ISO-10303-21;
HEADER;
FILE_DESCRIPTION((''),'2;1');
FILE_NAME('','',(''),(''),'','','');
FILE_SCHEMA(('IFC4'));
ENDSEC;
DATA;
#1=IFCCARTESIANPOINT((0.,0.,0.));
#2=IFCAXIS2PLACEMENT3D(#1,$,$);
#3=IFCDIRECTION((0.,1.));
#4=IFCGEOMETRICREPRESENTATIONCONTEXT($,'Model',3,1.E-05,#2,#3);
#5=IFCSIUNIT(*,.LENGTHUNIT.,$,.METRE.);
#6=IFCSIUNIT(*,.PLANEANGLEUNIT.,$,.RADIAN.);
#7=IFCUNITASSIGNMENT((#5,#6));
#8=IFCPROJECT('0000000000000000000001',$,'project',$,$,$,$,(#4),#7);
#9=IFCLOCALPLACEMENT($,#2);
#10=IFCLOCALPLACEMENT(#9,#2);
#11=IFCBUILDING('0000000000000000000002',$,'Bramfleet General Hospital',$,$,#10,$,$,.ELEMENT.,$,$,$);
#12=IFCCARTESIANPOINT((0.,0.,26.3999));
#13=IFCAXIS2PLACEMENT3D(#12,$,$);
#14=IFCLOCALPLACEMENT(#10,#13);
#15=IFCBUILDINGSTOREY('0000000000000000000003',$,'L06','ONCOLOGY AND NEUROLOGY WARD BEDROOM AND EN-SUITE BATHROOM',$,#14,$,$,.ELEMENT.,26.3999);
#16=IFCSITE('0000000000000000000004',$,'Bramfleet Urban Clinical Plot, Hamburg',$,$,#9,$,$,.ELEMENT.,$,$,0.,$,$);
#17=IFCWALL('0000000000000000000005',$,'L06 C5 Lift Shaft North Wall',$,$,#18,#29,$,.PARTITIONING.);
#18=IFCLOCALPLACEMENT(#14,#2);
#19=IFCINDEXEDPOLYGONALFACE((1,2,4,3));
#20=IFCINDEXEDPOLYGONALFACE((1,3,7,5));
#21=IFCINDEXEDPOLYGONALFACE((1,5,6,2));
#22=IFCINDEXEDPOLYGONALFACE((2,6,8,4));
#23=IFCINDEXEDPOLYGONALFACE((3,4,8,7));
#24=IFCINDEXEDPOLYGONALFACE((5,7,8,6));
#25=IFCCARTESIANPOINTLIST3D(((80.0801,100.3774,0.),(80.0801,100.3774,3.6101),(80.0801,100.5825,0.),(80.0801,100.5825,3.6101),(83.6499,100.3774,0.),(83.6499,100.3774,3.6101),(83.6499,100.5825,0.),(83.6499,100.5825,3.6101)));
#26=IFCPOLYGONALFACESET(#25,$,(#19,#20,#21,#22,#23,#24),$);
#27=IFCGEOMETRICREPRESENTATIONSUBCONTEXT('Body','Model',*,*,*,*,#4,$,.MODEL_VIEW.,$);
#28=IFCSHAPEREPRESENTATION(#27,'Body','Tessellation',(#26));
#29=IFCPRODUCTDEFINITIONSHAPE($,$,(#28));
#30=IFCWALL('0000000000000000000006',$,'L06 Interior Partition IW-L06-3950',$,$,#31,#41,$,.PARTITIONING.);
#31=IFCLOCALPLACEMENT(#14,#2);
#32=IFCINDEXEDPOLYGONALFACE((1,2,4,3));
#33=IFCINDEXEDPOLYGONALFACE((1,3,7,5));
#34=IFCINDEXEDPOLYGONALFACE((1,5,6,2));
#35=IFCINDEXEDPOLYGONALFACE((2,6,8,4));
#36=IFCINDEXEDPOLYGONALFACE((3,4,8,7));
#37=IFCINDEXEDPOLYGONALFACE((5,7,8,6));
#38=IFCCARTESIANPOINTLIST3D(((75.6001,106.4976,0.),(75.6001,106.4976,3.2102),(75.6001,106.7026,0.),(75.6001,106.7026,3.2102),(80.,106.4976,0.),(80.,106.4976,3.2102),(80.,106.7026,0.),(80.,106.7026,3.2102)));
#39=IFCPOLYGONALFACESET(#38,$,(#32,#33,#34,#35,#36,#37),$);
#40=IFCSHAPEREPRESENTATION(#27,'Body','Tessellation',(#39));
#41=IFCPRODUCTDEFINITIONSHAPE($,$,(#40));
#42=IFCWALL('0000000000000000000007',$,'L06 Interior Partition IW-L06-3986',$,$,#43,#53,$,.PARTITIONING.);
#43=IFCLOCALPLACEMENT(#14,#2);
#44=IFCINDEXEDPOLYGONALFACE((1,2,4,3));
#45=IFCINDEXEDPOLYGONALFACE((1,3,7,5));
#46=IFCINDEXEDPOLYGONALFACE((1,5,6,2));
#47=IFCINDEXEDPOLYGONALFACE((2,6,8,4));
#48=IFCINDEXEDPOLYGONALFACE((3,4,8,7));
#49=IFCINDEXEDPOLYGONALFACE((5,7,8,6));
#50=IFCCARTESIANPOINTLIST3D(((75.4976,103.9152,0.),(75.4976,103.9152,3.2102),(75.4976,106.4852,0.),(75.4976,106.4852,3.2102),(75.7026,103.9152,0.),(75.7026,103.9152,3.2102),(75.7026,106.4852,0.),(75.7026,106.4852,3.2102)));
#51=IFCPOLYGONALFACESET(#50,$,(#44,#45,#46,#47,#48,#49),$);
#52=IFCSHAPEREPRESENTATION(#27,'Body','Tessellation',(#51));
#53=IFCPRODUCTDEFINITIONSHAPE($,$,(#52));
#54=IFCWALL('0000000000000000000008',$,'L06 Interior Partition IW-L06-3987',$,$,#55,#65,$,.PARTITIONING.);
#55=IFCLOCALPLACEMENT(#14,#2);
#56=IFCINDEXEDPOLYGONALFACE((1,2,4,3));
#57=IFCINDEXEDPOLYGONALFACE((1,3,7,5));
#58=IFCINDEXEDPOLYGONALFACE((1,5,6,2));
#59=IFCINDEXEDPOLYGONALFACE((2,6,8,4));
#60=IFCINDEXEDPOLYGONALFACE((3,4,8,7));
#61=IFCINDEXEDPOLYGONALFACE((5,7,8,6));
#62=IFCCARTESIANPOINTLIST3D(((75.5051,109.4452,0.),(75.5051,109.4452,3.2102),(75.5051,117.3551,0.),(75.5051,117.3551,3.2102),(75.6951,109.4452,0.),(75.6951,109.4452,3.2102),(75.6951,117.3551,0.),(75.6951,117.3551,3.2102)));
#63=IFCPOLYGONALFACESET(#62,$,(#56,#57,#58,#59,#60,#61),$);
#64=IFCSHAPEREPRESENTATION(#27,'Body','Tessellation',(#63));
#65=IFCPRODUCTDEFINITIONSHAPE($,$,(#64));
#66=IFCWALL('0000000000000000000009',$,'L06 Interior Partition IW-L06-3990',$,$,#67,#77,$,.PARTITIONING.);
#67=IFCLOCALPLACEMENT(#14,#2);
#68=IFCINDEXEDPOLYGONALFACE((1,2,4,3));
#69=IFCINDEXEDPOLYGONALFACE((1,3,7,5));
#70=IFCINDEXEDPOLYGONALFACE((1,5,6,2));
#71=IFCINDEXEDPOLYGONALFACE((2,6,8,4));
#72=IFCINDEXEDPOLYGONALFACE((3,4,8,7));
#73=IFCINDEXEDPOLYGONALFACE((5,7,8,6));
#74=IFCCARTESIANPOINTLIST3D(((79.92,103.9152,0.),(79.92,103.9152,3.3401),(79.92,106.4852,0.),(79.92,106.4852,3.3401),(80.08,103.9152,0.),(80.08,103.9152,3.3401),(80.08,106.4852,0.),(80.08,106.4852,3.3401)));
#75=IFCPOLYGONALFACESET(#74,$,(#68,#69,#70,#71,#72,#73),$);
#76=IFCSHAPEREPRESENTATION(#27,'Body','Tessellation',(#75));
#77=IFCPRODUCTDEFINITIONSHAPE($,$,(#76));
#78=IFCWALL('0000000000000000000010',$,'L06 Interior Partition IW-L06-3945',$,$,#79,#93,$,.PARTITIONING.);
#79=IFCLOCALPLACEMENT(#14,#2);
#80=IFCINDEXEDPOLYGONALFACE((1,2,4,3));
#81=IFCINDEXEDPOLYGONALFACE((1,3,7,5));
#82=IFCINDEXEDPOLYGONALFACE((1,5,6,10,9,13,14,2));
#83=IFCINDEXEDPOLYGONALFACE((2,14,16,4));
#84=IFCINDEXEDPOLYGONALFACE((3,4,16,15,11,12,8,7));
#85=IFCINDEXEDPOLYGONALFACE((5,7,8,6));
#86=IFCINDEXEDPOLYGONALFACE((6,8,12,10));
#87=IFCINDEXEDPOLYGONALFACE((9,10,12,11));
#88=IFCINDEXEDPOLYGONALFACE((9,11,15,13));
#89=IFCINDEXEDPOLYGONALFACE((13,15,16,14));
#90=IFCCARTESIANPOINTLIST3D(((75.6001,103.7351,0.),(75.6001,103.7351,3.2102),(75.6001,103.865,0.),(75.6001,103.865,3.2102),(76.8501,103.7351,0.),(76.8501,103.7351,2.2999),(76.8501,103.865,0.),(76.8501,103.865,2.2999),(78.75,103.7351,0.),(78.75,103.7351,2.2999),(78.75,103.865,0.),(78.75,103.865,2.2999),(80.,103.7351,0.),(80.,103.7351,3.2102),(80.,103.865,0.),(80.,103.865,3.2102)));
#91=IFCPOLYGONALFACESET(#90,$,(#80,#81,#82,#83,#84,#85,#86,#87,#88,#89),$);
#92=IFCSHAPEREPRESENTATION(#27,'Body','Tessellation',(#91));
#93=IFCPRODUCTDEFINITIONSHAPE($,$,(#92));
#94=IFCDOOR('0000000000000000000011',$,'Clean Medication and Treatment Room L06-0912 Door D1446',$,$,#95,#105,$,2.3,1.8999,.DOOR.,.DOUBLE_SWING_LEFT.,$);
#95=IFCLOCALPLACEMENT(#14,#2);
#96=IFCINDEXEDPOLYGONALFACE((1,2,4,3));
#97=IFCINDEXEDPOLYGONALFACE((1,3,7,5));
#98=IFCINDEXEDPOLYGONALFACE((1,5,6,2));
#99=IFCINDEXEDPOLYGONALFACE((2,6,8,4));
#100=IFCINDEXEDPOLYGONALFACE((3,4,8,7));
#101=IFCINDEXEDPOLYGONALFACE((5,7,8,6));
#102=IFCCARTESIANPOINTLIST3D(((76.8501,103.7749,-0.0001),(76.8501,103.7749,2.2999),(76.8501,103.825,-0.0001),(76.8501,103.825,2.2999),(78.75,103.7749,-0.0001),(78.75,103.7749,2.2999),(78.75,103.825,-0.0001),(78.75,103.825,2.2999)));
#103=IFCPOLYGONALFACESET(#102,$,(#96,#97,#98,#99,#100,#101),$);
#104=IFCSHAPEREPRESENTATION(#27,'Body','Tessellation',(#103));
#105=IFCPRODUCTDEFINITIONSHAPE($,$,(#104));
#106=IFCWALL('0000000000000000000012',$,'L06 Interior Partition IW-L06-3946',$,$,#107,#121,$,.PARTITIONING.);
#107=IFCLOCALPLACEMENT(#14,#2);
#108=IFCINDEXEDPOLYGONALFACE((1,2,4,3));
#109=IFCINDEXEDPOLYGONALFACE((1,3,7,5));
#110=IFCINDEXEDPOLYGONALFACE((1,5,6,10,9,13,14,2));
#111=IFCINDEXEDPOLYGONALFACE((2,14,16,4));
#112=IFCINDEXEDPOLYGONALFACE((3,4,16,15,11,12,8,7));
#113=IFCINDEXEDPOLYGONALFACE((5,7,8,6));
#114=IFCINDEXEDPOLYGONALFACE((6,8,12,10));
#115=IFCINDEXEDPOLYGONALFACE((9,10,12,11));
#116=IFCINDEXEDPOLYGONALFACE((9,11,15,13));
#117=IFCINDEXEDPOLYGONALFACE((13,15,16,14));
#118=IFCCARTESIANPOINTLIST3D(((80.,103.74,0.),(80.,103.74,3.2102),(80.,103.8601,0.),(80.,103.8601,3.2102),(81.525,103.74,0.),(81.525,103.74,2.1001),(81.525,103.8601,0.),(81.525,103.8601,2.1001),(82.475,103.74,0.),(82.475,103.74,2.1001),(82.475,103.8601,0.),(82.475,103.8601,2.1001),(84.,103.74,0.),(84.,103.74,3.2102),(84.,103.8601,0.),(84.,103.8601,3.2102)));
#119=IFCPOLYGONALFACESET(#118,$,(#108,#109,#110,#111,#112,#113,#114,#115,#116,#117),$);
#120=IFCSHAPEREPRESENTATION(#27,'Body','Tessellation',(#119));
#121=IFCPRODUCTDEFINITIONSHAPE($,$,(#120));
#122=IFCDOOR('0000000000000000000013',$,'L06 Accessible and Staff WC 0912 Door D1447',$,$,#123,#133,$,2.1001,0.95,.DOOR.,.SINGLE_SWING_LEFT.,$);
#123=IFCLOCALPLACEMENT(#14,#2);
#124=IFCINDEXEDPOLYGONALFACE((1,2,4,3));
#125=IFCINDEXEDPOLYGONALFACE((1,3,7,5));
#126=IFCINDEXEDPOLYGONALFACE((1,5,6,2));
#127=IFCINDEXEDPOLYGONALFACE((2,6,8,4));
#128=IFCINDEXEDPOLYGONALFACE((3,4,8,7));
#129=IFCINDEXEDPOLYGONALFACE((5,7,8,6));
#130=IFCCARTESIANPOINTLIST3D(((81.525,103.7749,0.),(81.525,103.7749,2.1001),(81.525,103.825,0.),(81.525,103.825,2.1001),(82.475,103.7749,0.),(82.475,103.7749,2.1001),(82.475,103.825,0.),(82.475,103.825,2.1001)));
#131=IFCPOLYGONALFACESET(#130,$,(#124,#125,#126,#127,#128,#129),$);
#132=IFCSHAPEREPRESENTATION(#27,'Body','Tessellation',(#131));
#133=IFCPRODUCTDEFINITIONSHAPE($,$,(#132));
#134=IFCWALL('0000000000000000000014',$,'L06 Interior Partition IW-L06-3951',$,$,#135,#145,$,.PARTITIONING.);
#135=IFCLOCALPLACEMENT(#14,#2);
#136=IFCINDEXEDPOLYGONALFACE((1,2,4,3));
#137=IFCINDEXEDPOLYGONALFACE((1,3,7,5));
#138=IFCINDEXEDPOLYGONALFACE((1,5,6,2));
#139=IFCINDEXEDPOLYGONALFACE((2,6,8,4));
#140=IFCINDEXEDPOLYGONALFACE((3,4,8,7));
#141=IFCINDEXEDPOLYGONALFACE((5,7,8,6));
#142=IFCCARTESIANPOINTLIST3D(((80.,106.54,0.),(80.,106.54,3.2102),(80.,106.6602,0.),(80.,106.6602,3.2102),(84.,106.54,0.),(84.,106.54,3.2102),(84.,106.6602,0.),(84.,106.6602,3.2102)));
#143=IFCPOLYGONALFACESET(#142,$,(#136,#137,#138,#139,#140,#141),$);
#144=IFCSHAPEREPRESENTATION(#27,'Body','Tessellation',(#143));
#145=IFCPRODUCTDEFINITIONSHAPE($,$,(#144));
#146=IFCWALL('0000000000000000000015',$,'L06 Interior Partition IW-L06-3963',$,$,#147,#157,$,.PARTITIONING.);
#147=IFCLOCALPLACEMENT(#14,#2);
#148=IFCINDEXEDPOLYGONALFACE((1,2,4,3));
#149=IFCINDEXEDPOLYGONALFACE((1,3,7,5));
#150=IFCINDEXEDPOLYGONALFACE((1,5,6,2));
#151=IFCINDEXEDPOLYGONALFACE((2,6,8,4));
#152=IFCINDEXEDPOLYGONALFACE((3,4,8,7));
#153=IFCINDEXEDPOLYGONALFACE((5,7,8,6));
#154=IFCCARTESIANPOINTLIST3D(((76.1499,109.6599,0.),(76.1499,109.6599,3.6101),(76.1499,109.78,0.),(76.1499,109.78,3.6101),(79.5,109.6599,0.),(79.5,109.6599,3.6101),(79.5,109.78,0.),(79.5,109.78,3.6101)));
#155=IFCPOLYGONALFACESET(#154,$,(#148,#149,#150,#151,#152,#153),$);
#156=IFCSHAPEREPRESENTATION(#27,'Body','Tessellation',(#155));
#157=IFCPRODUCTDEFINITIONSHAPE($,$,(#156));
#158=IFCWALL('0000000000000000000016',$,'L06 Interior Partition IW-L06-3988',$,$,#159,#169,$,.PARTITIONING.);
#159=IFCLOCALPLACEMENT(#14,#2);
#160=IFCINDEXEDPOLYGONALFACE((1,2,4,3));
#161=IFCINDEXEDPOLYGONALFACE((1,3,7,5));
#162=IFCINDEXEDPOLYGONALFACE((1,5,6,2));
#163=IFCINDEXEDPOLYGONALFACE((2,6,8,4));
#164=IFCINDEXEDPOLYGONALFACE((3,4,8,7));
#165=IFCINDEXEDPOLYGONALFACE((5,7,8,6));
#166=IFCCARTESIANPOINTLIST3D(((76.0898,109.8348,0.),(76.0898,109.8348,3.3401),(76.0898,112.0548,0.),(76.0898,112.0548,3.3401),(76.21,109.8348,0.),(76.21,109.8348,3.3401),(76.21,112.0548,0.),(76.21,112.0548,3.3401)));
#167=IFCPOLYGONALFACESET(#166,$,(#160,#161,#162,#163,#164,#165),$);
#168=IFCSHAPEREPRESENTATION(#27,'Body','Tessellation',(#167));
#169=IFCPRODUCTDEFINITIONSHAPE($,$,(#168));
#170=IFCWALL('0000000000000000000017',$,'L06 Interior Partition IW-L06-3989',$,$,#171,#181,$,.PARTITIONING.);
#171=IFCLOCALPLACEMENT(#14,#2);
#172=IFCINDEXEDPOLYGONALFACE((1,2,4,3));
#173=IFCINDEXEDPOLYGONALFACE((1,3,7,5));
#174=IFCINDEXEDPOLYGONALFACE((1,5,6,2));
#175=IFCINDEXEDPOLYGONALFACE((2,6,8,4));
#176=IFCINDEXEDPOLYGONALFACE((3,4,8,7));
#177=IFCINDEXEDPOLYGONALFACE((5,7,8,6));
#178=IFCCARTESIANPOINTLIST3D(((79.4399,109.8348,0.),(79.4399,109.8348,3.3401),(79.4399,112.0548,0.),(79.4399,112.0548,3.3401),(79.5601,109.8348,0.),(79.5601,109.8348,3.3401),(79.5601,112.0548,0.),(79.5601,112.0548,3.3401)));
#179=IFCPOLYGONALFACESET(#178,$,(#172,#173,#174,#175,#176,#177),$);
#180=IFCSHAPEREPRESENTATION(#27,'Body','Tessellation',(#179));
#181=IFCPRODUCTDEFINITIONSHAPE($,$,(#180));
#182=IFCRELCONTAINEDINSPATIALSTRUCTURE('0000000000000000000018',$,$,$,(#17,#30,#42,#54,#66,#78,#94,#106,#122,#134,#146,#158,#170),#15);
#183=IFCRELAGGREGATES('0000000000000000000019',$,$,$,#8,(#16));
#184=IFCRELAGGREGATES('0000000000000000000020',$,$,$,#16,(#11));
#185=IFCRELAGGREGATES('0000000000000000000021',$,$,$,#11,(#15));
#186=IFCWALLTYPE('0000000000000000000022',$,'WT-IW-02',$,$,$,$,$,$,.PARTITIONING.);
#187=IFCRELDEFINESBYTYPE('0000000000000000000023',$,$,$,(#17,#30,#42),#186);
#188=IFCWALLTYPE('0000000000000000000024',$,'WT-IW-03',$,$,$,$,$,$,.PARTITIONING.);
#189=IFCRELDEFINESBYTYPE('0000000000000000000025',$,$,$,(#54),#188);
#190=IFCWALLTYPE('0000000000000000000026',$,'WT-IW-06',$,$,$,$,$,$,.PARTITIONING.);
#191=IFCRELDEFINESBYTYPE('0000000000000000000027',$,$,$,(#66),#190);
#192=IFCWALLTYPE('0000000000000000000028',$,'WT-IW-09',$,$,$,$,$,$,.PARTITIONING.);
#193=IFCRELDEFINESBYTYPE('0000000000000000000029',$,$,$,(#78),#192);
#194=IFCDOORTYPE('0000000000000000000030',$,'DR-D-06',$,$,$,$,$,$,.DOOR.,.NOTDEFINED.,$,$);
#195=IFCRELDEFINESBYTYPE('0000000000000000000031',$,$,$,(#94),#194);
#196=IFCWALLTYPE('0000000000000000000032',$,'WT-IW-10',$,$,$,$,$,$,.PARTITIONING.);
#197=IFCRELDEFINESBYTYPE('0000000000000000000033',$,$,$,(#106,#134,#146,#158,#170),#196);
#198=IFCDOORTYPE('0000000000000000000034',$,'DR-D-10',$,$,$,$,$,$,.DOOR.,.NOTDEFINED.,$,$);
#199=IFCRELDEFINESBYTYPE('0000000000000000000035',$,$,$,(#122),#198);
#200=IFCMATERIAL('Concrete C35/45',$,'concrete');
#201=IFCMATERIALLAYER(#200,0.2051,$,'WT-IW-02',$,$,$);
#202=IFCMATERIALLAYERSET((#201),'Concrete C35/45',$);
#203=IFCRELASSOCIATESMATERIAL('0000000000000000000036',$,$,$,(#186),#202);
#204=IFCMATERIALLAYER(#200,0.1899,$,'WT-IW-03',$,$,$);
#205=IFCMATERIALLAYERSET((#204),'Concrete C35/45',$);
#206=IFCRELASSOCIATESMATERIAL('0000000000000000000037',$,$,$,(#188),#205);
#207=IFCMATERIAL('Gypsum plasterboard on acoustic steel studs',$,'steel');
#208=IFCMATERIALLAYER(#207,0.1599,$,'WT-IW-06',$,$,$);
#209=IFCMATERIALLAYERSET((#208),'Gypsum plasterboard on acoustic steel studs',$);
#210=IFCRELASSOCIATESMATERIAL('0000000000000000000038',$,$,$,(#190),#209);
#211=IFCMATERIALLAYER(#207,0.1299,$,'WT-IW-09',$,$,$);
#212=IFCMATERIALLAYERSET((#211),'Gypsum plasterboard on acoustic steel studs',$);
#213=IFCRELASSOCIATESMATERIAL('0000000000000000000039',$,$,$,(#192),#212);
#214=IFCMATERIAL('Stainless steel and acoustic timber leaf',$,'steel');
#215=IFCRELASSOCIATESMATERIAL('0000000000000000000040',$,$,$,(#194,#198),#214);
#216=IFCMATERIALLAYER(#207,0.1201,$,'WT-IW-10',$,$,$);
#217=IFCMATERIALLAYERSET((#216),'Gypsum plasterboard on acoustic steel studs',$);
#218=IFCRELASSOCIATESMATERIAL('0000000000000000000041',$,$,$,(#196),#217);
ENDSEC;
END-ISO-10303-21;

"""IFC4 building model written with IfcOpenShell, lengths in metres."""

from ifc_helpers import new_model, si_unit, direction, frame, frame_2d, origin, place, context, subcontext, project, spatial, rectangle, extrude, material, layer, layer_set, type_object, element, fill, save


model = new_model("IFC4")

# Units and contexts
model_context = context("Model", 3, precision=1e-05, world=origin(), true_north=direction((0.0, 1.0)))
body_context = subcontext(model_context, "Body", "Model", "MODEL_VIEW")
ifc_project = project(units=[si_unit("LENGTHUNIT", "METRE"), si_unit("PLANEANGLEUNIT", "RADIAN")], contexts=[model_context])

# Site, building, storey
site_placement = place(None, origin())
site = spatial("IfcSite", under=ifc_project, at=site_placement, Name="Bramfleet Urban Clinical Plot, Hamburg", CompositionType="ELEMENT", RefElevation=0.0)
building_placement = place(site_placement, origin())
building = spatial("IfcBuilding", under=site, at=building_placement, Name="Bramfleet General Hospital", CompositionType="ELEMENT")
storey_placement = place(building_placement, frame((0.0, 0.0, 26.3999)))
storey = spatial("IfcBuildingStorey", under=building, at=storey_placement, Name="L06", Description="ONCOLOGY AND NEUROLOGY WARD BEDROOM AND EN-SUITE BATHROOM", CompositionType="ELEMENT", Elevation=26.3999)

# Walls
ifc_material_1 = material(Name="Concrete C35/45", Category="concrete")
ifc_layer_1 = layer(ifc_material_1, 0.2051, Name="WT-IW-02")
ifc_layer_set_1 = layer_set([ifc_layer_1], Name="Concrete C35/45")
wall_type_1 = type_object("IfcWallType", Name="WT-IW-02", PredefinedType="PARTITIONING", material=ifc_layer_set_1)
wall_1_placement = place(storey_placement, frame((80.0801, 100.48, 0.0), z_axis=(0.0, 0.0, 1.0), x_axis=(1.0, 0.0, 0.0)))
element("IfcWall", 1, at=wall_1_placement, inside=storey, type_object=wall_type_1, Name="L06 C5 Lift Shaft North Wall", PredefinedType="PARTITIONING", context=body_context, shape_type="SweptSolid", body=[
    extrude(rectangle(XDim=3.5698, YDim=0.2051, at=frame_2d((1.7849, 0.0))), origin(), (0.0, 0.0, 1.0), 3.6101),
])
wall_2_placement = place(storey_placement, frame((75.6001, 106.6001, 0.0), z_axis=(0.0, 0.0, 1.0), x_axis=(1.0, 0.0, 0.0)))
element("IfcWall", 2, at=wall_2_placement, inside=storey, type_object=wall_type_1, Name="L06 Interior Partition IW-L06-3950", PredefinedType="PARTITIONING", context=body_context, shape_type="SweptSolid", body=[
    extrude(rectangle(XDim=4.3999, YDim=0.2051, at=frame_2d((2.2, 0.0))), origin(), (0.0, 0.0, 1.0), 3.2102),
])
wall_3_placement = place(storey_placement, frame((75.6001, 103.915, 0.0), z_axis=(0.0, 0.0, 1.0), x_axis=(0.0, 1.0, 0.0)))
element("IfcWall", 3, at=wall_3_placement, inside=storey, type_object=wall_type_1, Name="L06 Interior Partition IW-L06-3986", PredefinedType="PARTITIONING", context=body_context, shape_type="SweptSolid", body=[
    extrude(rectangle(XDim=2.5701, YDim=0.2051, at=frame_2d((1.2852, 0.0))), origin(), (0.0, 0.0, 1.0), 3.2102),
])
ifc_layer_2 = layer(ifc_material_1, 0.1899, Name="WT-IW-03")
ifc_layer_set_2 = layer_set([ifc_layer_2], Name="Concrete C35/45")
wall_type_2 = type_object("IfcWallType", Name="WT-IW-03", PredefinedType="PARTITIONING", material=ifc_layer_set_2)
wall_4_placement = place(storey_placement, frame((75.6001, 109.4451, 0.0), z_axis=(0.0, 0.0, 1.0), x_axis=(0.0, 1.0, 0.0)))
element("IfcWall", 4, at=wall_4_placement, inside=storey, type_object=wall_type_2, Name="L06 Interior Partition IW-L06-3987", PredefinedType="PARTITIONING", context=body_context, shape_type="SweptSolid", body=[
    extrude(rectangle(XDim=7.9099, YDim=0.1899, at=frame_2d((3.9551, 0.0))), origin(), (0.0, 0.0, 1.0), 3.2102),
])
ifc_material_2 = material(Name="Gypsum plasterboard on acoustic steel studs", Category="steel")
ifc_layer_3 = layer(ifc_material_2, 0.1599, Name="WT-IW-06")
ifc_layer_set_3 = layer_set([ifc_layer_3], Name="Gypsum plasterboard on acoustic steel studs")
wall_type_3 = type_object("IfcWallType", Name="WT-IW-06", PredefinedType="PARTITIONING", material=ifc_layer_set_3)
wall_5_placement = place(storey_placement, frame((80.0, 103.915, 0.0), z_axis=(0.0, 0.0, 1.0), x_axis=(0.0, 1.0, 0.0)))
element("IfcWall", 5, at=wall_5_placement, inside=storey, type_object=wall_type_3, Name="L06 Interior Partition IW-L06-3990", PredefinedType="PARTITIONING", context=body_context, shape_type="SweptSolid", body=[
    extrude(rectangle(XDim=2.5701, YDim=0.1599, at=frame_2d((1.2852, 0.0))), origin(), (0.0, 0.0, 1.0), 3.3401),
])

# Walls, openings, doors
ifc_layer_4 = layer(ifc_material_2, 0.1299, Name="WT-IW-09")
ifc_layer_set_4 = layer_set([ifc_layer_4], Name="Gypsum plasterboard on acoustic steel studs")
wall_type_4 = type_object("IfcWallType", Name="WT-IW-09", PredefinedType="PARTITIONING", material=ifc_layer_set_4)
wall_6_placement = place(storey_placement, frame((75.6001, 103.8, 0.0), z_axis=(0.0, 0.0, 1.0), x_axis=(1.0, 0.0, 0.0)))
wall_6 = element("IfcWall", 6, at=wall_6_placement, inside=storey, type_object=wall_type_4, Name="L06 Interior Partition IW-L06-3945", PredefinedType="PARTITIONING", context=body_context, shape_type="SweptSolid", body=[
    extrude(rectangle(XDim=4.3999, YDim=0.1299, at=frame_2d((2.2, 0.0))), origin(), (0.0, 0.0, 1.0), 3.2102),
])
opening_1_placement = place(wall_6_placement, frame((1.25, 0.0, 0.0)))
opening_1 = element("IfcOpeningElement", 7, at=opening_1_placement, cuts=wall_6, PredefinedType="OPENING", context=body_context, shape_type="SweptSolid", body=[
    extrude(rectangle(XDim=1.8999, YDim=2.3, at=frame_2d((0.95, 1.1499))), frame((0.0, 0.075, 0.0), z_axis=(0.0, -1.0, 0.0), x_axis=(1.0, 0.0, 0.0)), (0.0, 0.0, 1.0), 0.1499),
])
ifc_material_3 = material(Name="Stainless steel and acoustic timber leaf", Category="steel")
door_type_1 = type_object("IfcDoorType", Name="DR-D-06", OperationType="NOTDEFINED", PredefinedType="DOOR", material=ifc_material_3)
door_1_placement = place(opening_1_placement, origin())
door_1 = element("IfcDoor", 8, at=door_1_placement, inside=storey, type_object=door_type_1, Name="Clean Medication and Treatment Room L06-0912 Door D1446", OperationType="DOUBLE_SWING_LEFT", OverallHeight=2.3, OverallWidth=1.8999, PredefinedType="DOOR", context=body_context, shape_type="SweptSolid", body=[
    extrude(rectangle(XDim=1.8999, YDim=2.3, at=frame_2d((0.95, 1.1499))), frame((0.0, 0.0249, 0.0), z_axis=(0.0, -1.0, 0.0), x_axis=(1.0, 0.0, 0.0)), (0.0, 0.0, 1.0), 0.05),
])
fill(opening_1, door_1)
ifc_layer_5 = layer(ifc_material_2, 0.1201, Name="WT-IW-10")
ifc_layer_set_5 = layer_set([ifc_layer_5], Name="Gypsum plasterboard on acoustic steel studs")
wall_type_5 = type_object("IfcWallType", Name="WT-IW-10", PredefinedType="PARTITIONING", material=ifc_layer_set_5)
wall_7_placement = place(storey_placement, frame((80.0, 103.8, 0.0), z_axis=(0.0, 0.0, 1.0), x_axis=(1.0, 0.0, 0.0)))
wall_7 = element("IfcWall", 9, at=wall_7_placement, inside=storey, type_object=wall_type_5, Name="L06 Interior Partition IW-L06-3946", PredefinedType="PARTITIONING", context=body_context, shape_type="SweptSolid", body=[
    extrude(rectangle(XDim=4.0, YDim=0.1201, at=frame_2d((2.0, 0.0))), origin(), (0.0, 0.0, 1.0), 3.2102),
])
opening_2_placement = place(wall_7_placement, frame((1.5249, 0.0, 0.0)))
opening_2 = element("IfcOpeningElement", 10, at=opening_2_placement, cuts=wall_7, PredefinedType="OPENING", context=body_context, shape_type="SweptSolid", body=[
    extrude(rectangle(XDim=0.95, YDim=2.1001, at=frame_2d((0.4751, 1.05))), frame((0.0, 0.0701, 0.0), z_axis=(0.0, -1.0, 0.0), x_axis=(1.0, 0.0, 0.0)), (0.0, 0.0, 1.0), 0.1401),
])
door_type_2 = type_object("IfcDoorType", Name="DR-D-10", OperationType="NOTDEFINED", PredefinedType="DOOR", material=ifc_material_3)
door_2_placement = place(opening_2_placement, origin())
door_2 = element("IfcDoor", 11, at=door_2_placement, inside=storey, type_object=door_type_2, Name="L06 Accessible and Staff WC 0912 Door D1447", OperationType="SINGLE_SWING_LEFT", OverallHeight=2.1001, OverallWidth=0.95, PredefinedType="DOOR", context=body_context, shape_type="SweptSolid", body=[
    extrude(rectangle(XDim=0.95, YDim=2.1001, at=frame_2d((0.4751, 1.05))), frame((0.0, 0.0249, 0.0), z_axis=(0.0, -1.0, 0.0), x_axis=(1.0, 0.0, 0.0)), (0.0, 0.0, 1.0), 0.05),
])
fill(opening_2, door_2)

# Walls
wall_8_placement = place(storey_placement, frame((80.0, 106.6001, 0.0), z_axis=(0.0, 0.0, 1.0), x_axis=(1.0, 0.0, 0.0)))
element("IfcWall", 12, at=wall_8_placement, inside=storey, type_object=wall_type_5, Name="L06 Interior Partition IW-L06-3951", PredefinedType="PARTITIONING", context=body_context, shape_type="SweptSolid", body=[
    extrude(rectangle(XDim=4.0, YDim=0.1201, at=frame_2d((2.0, 0.0))), origin(), (0.0, 0.0, 1.0), 3.2102),
])
wall_9_placement = place(storey_placement, frame((76.1499, 109.72, 0.0), z_axis=(0.0, 0.0, 1.0), x_axis=(1.0, 0.0, 0.0)))
element("IfcWall", 13, at=wall_9_placement, inside=storey, type_object=wall_type_5, Name="L06 Interior Partition IW-L06-3963", PredefinedType="PARTITIONING", context=body_context, shape_type="SweptSolid", body=[
    extrude(rectangle(XDim=3.3501, YDim=0.1201, at=frame_2d((1.675, 0.0))), origin(), (0.0, 0.0, 1.0), 3.6101),
])
for number, where, z_axis, x_axis, name in (
    (14, (76.1499, 109.835, 0.0), (0.0, 0.0, 1.0), (0.0, 1.0, 0.0), "L06 Interior Partition IW-L06-3988"),
    (15, (79.5, 109.835, 0.0), (0.0, 0.0, 1.0), (0.0, 1.0, 0.0), "L06 Interior Partition IW-L06-3989"),
):
    element("IfcWall", number, at=place(storey_placement, frame(where, z_axis=z_axis, x_axis=x_axis)), inside=storey, type_object=wall_type_5, Name=name, PredefinedType="PARTITIONING", context=body_context, shape_type="SweptSolid", body=[
        extrude(rectangle(XDim=2.22, YDim=0.1201, at=frame_2d((1.1099, 0.0))), origin(), (0.0, 0.0, 1.0), 3.3401),
    ])

save(model, "model.ifc")
